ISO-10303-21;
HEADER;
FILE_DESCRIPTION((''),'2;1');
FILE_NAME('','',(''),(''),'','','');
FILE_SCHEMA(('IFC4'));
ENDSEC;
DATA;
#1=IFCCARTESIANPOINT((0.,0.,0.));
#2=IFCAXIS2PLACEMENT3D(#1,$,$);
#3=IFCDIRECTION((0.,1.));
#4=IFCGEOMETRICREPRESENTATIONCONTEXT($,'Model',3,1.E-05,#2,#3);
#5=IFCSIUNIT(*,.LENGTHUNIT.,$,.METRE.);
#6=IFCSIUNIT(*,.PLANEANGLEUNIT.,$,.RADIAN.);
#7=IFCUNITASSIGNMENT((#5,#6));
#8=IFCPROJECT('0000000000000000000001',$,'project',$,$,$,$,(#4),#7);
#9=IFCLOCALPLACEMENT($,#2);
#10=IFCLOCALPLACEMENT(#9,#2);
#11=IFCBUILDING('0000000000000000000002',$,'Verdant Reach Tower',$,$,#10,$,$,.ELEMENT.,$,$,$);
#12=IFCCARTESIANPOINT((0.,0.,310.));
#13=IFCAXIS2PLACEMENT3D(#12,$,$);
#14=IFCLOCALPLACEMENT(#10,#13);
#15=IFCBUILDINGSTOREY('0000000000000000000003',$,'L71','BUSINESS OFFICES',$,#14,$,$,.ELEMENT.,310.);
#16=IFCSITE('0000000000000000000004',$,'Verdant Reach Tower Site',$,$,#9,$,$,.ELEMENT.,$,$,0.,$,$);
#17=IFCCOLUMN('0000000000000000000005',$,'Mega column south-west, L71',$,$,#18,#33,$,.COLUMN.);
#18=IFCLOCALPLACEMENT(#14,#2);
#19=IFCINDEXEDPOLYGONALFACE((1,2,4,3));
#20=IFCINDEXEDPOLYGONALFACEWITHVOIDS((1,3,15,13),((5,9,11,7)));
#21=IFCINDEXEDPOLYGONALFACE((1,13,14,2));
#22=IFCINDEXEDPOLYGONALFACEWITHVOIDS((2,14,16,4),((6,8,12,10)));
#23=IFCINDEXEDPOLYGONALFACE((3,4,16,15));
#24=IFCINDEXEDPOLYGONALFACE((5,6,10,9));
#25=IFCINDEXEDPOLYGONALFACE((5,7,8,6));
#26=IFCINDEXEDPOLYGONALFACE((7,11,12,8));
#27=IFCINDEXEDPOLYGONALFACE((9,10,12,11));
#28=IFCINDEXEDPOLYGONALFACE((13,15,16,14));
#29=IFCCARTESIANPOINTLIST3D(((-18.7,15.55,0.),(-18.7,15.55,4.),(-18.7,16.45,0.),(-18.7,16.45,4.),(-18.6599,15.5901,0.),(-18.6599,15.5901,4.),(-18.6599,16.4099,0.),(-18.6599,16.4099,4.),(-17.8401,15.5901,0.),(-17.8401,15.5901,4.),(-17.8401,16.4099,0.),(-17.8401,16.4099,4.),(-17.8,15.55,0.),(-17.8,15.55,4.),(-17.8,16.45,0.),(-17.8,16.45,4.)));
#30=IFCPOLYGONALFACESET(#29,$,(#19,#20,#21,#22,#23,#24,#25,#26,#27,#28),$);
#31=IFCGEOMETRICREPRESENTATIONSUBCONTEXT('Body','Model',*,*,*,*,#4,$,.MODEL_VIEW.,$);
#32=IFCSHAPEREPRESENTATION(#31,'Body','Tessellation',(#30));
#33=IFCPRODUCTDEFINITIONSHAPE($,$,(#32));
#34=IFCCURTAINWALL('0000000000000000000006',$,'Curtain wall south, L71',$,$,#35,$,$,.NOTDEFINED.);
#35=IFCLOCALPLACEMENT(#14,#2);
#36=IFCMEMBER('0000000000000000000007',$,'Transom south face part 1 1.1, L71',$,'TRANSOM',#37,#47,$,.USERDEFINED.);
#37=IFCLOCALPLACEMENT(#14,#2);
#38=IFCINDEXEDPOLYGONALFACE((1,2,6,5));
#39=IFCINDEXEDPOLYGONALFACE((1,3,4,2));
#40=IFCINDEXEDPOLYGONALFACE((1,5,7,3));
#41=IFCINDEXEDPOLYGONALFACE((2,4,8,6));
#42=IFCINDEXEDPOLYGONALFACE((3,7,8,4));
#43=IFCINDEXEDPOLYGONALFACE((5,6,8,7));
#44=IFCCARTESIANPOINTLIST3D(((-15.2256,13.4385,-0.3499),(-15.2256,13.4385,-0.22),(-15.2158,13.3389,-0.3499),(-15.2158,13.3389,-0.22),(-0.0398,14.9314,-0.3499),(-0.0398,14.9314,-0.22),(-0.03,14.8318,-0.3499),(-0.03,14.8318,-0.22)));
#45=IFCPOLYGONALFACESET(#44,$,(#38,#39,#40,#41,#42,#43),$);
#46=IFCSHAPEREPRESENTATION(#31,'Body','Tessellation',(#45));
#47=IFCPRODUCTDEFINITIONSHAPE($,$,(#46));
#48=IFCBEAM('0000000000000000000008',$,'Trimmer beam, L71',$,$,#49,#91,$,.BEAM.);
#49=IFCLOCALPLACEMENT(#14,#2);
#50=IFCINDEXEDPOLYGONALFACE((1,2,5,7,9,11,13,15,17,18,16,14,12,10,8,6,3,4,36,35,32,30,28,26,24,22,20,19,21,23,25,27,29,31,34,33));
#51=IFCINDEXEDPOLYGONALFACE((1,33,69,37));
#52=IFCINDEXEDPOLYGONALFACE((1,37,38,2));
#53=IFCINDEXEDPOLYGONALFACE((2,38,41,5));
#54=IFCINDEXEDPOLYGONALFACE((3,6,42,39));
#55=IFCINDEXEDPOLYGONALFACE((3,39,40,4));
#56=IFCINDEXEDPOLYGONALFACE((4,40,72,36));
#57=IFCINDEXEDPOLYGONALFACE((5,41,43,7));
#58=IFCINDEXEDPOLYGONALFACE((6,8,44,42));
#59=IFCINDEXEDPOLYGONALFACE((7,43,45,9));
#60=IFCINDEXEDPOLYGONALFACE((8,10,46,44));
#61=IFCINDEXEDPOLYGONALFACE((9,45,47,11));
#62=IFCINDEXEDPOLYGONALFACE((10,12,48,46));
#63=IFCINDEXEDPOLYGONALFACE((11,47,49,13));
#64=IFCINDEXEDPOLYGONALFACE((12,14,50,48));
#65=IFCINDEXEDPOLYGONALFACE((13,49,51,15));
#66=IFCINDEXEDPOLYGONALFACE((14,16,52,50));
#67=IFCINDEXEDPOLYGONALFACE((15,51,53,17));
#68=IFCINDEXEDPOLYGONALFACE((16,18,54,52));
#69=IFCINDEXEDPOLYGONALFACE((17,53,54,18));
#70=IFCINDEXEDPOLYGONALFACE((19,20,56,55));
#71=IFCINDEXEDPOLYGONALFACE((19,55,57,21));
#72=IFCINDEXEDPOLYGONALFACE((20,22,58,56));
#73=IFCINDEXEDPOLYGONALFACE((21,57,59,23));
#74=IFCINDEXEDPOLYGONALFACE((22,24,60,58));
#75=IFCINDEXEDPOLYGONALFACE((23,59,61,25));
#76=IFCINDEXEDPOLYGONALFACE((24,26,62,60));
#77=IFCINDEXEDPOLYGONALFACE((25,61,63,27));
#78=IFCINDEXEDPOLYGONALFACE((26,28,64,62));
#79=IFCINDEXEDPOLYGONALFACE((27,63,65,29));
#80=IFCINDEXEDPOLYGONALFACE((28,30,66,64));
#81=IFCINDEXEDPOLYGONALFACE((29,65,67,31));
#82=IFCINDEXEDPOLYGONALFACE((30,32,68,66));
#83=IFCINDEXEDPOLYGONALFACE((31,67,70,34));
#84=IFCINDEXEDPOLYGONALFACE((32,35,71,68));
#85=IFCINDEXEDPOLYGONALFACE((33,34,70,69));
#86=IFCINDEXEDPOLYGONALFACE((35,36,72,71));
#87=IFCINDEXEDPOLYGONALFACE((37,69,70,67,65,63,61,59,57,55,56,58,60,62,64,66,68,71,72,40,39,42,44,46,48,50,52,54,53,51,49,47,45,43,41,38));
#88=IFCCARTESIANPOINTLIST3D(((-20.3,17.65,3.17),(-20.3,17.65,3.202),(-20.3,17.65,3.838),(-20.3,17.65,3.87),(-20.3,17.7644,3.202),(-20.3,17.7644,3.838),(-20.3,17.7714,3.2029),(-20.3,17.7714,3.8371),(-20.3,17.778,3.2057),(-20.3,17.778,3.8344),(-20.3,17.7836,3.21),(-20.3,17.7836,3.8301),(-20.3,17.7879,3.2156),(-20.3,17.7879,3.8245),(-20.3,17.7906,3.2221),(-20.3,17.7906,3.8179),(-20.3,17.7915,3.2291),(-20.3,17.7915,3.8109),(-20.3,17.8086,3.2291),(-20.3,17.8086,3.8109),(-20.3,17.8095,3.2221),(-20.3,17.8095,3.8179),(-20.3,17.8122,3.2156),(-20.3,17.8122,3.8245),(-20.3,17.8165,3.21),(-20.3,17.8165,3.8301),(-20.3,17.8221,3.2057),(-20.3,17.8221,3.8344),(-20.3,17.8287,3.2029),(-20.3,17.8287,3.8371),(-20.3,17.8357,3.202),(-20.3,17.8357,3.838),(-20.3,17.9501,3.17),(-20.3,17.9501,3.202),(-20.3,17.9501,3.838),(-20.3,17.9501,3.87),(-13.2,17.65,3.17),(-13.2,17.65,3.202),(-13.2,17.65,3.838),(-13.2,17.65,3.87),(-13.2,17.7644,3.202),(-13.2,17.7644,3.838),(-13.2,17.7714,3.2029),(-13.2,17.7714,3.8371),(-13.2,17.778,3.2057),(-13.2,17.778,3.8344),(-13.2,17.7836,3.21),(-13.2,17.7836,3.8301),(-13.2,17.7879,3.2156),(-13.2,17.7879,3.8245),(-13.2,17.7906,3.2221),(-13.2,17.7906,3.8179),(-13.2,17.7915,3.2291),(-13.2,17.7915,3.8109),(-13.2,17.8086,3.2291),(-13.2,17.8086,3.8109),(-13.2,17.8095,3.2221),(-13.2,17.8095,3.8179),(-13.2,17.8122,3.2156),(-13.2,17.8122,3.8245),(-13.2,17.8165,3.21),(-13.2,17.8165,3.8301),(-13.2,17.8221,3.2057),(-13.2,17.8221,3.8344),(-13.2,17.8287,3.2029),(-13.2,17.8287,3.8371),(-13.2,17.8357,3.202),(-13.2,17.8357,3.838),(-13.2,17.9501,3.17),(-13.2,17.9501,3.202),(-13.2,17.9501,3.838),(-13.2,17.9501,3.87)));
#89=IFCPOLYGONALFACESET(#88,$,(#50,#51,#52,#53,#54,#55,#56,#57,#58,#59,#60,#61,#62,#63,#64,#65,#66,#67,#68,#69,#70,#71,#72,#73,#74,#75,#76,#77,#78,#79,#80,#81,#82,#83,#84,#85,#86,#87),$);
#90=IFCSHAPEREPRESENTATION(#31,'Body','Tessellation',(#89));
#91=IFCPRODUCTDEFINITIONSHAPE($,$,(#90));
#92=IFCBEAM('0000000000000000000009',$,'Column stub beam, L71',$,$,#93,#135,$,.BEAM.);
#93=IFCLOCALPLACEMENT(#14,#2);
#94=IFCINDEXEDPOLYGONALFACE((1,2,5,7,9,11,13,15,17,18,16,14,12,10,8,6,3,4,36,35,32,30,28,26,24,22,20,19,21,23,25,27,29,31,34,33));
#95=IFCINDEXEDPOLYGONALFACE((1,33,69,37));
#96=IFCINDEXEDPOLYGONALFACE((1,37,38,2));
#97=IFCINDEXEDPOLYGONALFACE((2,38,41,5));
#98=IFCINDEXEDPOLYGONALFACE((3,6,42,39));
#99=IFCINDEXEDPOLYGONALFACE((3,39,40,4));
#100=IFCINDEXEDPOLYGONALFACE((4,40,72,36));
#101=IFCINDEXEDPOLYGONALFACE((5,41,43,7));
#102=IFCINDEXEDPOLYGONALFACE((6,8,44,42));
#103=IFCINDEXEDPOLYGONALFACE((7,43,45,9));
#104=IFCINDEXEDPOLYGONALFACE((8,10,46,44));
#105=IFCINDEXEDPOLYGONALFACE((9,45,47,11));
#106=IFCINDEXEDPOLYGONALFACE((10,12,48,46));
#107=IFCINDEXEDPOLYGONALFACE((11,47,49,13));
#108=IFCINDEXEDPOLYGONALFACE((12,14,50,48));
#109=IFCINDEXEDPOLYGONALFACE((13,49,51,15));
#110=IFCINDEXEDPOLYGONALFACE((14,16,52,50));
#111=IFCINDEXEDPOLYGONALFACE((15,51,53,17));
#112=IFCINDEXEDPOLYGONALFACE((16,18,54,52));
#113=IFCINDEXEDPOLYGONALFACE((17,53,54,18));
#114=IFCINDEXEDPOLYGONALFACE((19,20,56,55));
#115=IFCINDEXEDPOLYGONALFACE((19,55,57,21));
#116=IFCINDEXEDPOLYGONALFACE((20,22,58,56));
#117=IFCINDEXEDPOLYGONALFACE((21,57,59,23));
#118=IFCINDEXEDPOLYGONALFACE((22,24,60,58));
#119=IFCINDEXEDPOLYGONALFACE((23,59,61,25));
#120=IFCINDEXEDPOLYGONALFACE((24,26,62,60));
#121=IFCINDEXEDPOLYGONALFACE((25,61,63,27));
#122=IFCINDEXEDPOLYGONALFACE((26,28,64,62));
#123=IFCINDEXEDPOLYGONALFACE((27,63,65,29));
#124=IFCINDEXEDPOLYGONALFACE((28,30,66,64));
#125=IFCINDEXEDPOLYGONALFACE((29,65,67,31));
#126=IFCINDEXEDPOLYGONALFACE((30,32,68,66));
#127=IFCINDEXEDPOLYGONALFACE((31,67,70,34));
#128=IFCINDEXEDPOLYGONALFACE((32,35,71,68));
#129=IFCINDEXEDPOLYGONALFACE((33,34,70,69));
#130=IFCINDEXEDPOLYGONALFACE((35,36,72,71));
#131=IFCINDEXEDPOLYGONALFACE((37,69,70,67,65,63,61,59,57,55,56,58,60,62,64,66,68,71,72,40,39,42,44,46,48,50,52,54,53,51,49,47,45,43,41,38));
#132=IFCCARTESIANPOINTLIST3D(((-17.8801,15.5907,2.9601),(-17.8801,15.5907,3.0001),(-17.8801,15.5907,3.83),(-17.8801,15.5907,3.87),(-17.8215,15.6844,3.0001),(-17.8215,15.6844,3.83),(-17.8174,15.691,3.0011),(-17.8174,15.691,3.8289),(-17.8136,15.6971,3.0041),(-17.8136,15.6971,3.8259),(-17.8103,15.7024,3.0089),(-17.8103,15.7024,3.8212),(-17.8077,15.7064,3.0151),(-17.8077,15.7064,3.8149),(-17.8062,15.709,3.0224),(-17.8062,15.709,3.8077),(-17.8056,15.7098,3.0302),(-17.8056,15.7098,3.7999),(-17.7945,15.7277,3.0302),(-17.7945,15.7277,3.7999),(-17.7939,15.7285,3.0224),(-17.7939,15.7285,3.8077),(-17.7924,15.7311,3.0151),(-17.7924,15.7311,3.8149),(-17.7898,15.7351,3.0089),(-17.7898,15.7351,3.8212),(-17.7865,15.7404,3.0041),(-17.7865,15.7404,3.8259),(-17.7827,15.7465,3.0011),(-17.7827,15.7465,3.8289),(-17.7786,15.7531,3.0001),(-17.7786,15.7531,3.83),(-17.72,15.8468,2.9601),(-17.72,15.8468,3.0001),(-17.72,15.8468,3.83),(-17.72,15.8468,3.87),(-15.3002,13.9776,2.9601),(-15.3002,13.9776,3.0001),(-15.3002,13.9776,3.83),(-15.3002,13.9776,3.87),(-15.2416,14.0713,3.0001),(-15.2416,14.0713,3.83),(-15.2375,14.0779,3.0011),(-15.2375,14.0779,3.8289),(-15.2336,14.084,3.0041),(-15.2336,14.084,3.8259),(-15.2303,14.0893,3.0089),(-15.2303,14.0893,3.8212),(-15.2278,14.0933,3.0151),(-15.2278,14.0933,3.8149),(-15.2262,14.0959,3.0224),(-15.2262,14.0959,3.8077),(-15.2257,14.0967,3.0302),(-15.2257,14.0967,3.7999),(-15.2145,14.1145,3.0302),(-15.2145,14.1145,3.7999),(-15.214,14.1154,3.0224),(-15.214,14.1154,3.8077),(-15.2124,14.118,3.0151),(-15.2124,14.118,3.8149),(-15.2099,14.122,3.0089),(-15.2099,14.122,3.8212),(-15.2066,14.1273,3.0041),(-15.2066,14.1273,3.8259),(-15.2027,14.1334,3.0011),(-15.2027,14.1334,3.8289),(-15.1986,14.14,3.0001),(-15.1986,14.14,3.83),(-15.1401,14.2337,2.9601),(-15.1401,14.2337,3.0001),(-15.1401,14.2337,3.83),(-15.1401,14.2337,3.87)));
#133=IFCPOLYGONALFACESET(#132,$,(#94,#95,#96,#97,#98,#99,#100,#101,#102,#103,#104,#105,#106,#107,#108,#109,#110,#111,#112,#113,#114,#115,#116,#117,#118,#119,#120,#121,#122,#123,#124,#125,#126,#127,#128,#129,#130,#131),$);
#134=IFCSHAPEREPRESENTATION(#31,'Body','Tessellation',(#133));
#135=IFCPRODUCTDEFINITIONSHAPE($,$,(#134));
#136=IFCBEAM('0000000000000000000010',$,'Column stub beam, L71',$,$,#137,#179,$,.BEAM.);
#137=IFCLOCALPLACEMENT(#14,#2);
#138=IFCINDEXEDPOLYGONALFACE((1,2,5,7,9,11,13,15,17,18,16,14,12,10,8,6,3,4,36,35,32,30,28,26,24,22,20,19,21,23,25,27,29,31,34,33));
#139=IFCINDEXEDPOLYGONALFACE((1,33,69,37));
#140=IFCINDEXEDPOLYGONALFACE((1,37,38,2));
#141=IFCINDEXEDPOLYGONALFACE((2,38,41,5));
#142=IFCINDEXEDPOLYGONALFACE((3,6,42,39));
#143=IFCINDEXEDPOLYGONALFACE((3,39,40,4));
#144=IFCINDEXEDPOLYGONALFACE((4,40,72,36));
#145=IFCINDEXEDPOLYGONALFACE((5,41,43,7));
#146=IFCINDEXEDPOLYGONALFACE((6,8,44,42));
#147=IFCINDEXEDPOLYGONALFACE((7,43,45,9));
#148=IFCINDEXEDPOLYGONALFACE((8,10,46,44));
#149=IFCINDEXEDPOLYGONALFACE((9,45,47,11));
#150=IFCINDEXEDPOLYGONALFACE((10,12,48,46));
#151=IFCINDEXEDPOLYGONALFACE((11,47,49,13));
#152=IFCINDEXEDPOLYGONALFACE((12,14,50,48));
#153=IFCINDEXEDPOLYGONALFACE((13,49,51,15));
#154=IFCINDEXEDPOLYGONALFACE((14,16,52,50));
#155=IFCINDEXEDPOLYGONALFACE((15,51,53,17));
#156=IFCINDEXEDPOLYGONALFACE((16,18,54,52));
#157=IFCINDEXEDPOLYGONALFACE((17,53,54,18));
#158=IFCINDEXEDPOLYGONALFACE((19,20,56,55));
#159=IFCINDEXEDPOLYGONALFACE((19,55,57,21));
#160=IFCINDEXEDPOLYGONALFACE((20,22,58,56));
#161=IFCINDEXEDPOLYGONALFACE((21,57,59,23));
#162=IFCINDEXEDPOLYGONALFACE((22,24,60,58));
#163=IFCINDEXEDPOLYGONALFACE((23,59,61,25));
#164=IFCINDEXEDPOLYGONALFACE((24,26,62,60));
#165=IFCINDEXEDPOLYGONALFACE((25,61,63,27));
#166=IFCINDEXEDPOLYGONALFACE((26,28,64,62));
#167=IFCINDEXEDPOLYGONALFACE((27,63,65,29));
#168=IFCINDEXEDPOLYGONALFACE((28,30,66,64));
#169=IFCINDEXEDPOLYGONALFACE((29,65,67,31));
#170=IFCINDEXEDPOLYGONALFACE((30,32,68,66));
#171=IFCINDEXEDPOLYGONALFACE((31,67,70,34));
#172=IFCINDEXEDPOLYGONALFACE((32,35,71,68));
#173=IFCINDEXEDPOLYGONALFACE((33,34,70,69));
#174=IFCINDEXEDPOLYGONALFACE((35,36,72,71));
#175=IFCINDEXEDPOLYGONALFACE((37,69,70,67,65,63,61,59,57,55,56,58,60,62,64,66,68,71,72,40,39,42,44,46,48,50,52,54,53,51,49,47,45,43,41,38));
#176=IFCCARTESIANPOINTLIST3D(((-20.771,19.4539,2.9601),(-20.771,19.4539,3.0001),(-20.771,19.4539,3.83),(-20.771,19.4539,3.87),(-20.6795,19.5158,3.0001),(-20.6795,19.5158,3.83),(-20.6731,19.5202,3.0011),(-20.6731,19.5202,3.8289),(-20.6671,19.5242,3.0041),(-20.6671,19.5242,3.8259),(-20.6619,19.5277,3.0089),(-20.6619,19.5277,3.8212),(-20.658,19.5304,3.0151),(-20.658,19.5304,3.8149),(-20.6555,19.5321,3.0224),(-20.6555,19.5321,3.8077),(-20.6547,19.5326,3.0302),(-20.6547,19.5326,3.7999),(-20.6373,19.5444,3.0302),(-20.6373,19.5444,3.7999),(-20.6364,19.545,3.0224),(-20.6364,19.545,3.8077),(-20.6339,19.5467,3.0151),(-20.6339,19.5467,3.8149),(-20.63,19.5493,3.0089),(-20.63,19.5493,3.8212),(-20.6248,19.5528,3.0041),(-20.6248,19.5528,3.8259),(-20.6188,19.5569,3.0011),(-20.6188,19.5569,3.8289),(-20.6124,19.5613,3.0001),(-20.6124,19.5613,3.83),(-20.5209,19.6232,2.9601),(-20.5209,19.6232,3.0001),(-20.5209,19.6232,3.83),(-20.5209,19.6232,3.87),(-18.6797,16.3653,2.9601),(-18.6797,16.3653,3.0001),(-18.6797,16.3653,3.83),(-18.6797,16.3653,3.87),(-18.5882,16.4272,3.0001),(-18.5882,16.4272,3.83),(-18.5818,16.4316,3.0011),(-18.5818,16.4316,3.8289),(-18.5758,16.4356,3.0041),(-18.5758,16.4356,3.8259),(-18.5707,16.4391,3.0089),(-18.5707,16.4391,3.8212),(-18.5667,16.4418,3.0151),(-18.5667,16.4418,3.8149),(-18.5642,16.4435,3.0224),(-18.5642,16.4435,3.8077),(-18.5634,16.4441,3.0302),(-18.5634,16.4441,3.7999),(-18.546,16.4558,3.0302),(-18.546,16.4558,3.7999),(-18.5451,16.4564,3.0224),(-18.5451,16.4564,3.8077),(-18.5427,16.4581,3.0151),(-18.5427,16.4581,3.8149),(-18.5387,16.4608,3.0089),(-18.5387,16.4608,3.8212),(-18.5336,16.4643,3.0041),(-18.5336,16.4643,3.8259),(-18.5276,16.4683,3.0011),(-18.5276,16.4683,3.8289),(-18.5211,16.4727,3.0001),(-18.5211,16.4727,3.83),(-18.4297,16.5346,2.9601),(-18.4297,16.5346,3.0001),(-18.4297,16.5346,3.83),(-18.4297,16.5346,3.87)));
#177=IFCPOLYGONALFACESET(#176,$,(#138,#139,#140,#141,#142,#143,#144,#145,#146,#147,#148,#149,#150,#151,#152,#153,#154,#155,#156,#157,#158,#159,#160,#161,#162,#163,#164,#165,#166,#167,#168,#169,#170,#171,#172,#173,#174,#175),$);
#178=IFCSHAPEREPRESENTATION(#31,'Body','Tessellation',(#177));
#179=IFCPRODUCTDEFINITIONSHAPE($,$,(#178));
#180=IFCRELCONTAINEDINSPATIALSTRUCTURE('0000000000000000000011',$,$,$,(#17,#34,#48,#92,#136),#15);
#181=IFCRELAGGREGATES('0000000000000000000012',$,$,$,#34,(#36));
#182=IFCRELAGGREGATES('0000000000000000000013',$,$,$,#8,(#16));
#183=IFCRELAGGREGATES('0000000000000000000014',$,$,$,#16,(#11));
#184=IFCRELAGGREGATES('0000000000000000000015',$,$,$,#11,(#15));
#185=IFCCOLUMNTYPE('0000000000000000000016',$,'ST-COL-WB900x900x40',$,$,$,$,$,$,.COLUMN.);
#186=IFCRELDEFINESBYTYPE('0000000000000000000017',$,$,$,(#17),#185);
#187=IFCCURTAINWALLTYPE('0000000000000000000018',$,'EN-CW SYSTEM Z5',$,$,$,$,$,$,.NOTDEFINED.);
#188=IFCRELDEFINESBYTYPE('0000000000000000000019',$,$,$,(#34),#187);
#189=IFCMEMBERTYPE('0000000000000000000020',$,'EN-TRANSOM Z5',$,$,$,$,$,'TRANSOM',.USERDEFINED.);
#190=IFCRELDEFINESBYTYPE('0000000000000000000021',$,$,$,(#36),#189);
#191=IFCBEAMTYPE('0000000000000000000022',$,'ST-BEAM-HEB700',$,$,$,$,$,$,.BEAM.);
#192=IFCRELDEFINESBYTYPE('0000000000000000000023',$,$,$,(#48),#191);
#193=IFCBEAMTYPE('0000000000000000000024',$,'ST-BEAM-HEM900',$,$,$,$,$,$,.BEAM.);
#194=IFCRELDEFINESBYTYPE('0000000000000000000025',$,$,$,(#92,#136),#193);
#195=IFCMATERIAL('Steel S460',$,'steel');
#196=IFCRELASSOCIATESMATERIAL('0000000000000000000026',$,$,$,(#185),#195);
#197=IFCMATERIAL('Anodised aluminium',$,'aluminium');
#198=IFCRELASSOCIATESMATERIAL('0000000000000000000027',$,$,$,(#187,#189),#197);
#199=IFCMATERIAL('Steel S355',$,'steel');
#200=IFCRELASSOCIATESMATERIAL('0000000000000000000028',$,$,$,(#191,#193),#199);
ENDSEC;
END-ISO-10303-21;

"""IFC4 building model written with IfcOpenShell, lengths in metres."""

from ifc_helpers import new_model, si_unit, direction, frame, origin, origin_2d, place, context, subcontext, project, spatial, rectangle, hollow_rectangle, i_section, extrude, material, material_profile, profile_set, type_object, element, aggregate, save


model = new_model("IFC4")

# Units and contexts
model_context = context("Model", 3, precision=1e-05, world=origin(), true_north=direction((0.0, 1.0)))
body_context = subcontext(model_context, "Body", "Model", "MODEL_VIEW")
ifc_project = project(units=[si_unit("LENGTHUNIT", "METRE"), si_unit("PLANEANGLEUNIT", "RADIAN")], contexts=[model_context])

# Site, building, storey
site_placement = place(None, origin())
site = spatial("IfcSite", under=ifc_project, at=site_placement, Name="Verdant Reach Tower Site", CompositionType="ELEMENT", RefElevation=0.0)
building_placement = place(site_placement, origin())
building = spatial("IfcBuilding", under=site, at=building_placement, Name="Verdant Reach Tower", CompositionType="ELEMENT")
storey_placement = place(building_placement, frame((0.0, 0.0, 310.0)))
storey = spatial("IfcBuildingStorey", under=building, at=storey_placement, Name="L71", Description="BUSINESS OFFICES", CompositionType="ELEMENT", Elevation=310.0)

# Column
ifc_material_1 = material(Name="Steel S460", Category="steel")
ifc_material_profile_1 = material_profile(ifc_material_1, hollow_rectangle(XDim=0.8999, YDim=0.8999, WallThickness=0.04, at=origin_2d()), Name="WB 900x900x40")
ifc_profile_set_1 = profile_set([ifc_material_profile_1], Name="Steel S460")
column_type = type_object("IfcColumnType", Name="ST-COL-WB900x900x40", PredefinedType="COLUMN", material=ifc_profile_set_1)
column_placement = place(storey_placement, frame((-18.25, 16.0, 0.0), z_axis=(0.0, 0.0, 1.0), x_axis=(1.0, 0.0, 0.0)))
element("IfcColumn", 1, at=column_placement, inside=storey, type_object=column_type, Name="Mega column south-west, L71", PredefinedType="COLUMN", context=body_context, shape_type="SweptSolid", body=[
    extrude(hollow_rectangle(XDim=0.8999, YDim=0.8999, WallThickness=0.04, at=origin_2d()), origin(), (0.0, 0.0, 1.0), 4.0),
])

# Curtain wall, member
ifc_material_2 = material(Name="Anodised aluminium", Category="aluminium")
curtain_wall_type = type_object("IfcCurtainWallType", Name="EN-CW SYSTEM Z5", PredefinedType="NOTDEFINED", material=ifc_material_2)
curtain_wall_1_placement = place(storey_placement, origin())
curtain_wall_1 = element("IfcCurtainWall", 2, at=curtain_wall_1_placement, inside=storey, type_object=curtain_wall_type, Name="Curtain wall south, L71", PredefinedType="NOTDEFINED")
ifc_material_profile_2 = material_profile(ifc_material_2, rectangle(XDim=0.1001, YDim=0.1299, at=origin_2d()), Name="Transom 130x100")
ifc_profile_set_2 = profile_set([ifc_material_profile_2], Name="Anodised aluminium")
member_type = type_object("IfcMemberType", Name="EN-TRANSOM Z5", ElementType="TRANSOM", PredefinedType="USERDEFINED", material=ifc_profile_set_2)
member_placement = place(storey_placement, frame((-15.2207, 13.3887, -0.2849), z_axis=(0.995202, 0.097839, 0.0), x_axis=(-0.097839, 0.995202, 0.0)))
member = element("IfcMember", 3, at=member_placement, type_object=member_type, Name="Transom south face part 1 1.1, L71", ObjectType="TRANSOM", PredefinedType="USERDEFINED", context=body_context, shape_type="SweptSolid", body=[
    extrude(rectangle(XDim=0.1001, YDim=0.1299, at=origin_2d()), origin(), (0.0, 0.0, 1.0), 15.259),
])

# Beams
ifc_material_3 = material(Name="Steel S355", Category="steel")
ifc_material_profile_3 = material_profile(ifc_material_3, i_section(OverallWidth=0.3, OverallDepth=0.7, WebThickness=0.0171, FlangeThickness=0.032, FilletRadius=0.0271, at=origin_2d()), Name="HEB 700")
ifc_profile_set_3 = profile_set([ifc_material_profile_3], Name="Steel S355")
beam_type_1 = type_object("IfcBeamType", Name="ST-BEAM-HEB700", PredefinedType="BEAM", material=ifc_profile_set_3)
beam_1_placement = place(storey_placement, frame((-13.2, 17.8, 3.52), z_axis=(-1.0, 0.0, 0.0), x_axis=(0.0, -1.0, 0.0)))
element("IfcBeam", 4, at=beam_1_placement, inside=storey, type_object=beam_type_1, Name="Trimmer beam, L71", PredefinedType="BEAM", context=body_context, shape_type="SweptSolid", body=[
    extrude(i_section(OverallWidth=0.3, OverallDepth=0.7, WebThickness=0.0171, FlangeThickness=0.032, FilletRadius=0.0271, at=origin_2d()), origin(), (0.0, 0.0, 1.0), 7.1001),
])
ifc_material_profile_4 = material_profile(ifc_material_3, i_section(OverallWidth=0.302, OverallDepth=0.9099, WebThickness=0.021, FlangeThickness=0.04, FilletRadius=0.03, at=origin_2d()), Name="HEM 900")
ifc_profile_set_4 = profile_set([ifc_material_profile_4], Name="Steel S355")
beam_type_2 = type_object("IfcBeamType", Name="ST-BEAM-HEM900", PredefinedType="BEAM", material=ifc_profile_set_4)
beam_2_placement = place(storey_placement, frame((-17.8, 15.7188, 3.415), z_axis=(0.847904, -0.53015, 0.0), x_axis=(0.53015, 0.847904, 0.0)))
element("IfcBeam", 5, at=beam_2_placement, inside=storey, type_object=beam_type_2, Name="Column stub beam, L71", PredefinedType="BEAM", context=body_context, shape_type="SweptSolid", body=[
    extrude(i_section(OverallWidth=0.302, OverallDepth=0.9099, WebThickness=0.021, FlangeThickness=0.04, FilletRadius=0.03, at=origin_2d()), origin(), (0.0, 0.0, 1.0), 3.0427),
])
beam_3_placement = place(storey_placement, frame((-18.5547, 16.45, 3.415), z_axis=(-0.560667, 0.828041, 0.0), x_axis=(-0.828041, -0.560667, 0.0)))
element("IfcBeam", 6, at=beam_3_placement, inside=storey, type_object=beam_type_2, Name="Column stub beam, L71", PredefinedType="BEAM", context=body_context, shape_type="SweptSolid", body=[
    extrude(i_section(OverallWidth=0.302, OverallDepth=0.9099, WebThickness=0.021, FlangeThickness=0.04, FilletRadius=0.03, at=origin_2d()), origin(), (0.0, 0.0, 1.0), 3.73),
])

aggregate(curtain_wall_1, [member])

save(model, "model.ifc")
